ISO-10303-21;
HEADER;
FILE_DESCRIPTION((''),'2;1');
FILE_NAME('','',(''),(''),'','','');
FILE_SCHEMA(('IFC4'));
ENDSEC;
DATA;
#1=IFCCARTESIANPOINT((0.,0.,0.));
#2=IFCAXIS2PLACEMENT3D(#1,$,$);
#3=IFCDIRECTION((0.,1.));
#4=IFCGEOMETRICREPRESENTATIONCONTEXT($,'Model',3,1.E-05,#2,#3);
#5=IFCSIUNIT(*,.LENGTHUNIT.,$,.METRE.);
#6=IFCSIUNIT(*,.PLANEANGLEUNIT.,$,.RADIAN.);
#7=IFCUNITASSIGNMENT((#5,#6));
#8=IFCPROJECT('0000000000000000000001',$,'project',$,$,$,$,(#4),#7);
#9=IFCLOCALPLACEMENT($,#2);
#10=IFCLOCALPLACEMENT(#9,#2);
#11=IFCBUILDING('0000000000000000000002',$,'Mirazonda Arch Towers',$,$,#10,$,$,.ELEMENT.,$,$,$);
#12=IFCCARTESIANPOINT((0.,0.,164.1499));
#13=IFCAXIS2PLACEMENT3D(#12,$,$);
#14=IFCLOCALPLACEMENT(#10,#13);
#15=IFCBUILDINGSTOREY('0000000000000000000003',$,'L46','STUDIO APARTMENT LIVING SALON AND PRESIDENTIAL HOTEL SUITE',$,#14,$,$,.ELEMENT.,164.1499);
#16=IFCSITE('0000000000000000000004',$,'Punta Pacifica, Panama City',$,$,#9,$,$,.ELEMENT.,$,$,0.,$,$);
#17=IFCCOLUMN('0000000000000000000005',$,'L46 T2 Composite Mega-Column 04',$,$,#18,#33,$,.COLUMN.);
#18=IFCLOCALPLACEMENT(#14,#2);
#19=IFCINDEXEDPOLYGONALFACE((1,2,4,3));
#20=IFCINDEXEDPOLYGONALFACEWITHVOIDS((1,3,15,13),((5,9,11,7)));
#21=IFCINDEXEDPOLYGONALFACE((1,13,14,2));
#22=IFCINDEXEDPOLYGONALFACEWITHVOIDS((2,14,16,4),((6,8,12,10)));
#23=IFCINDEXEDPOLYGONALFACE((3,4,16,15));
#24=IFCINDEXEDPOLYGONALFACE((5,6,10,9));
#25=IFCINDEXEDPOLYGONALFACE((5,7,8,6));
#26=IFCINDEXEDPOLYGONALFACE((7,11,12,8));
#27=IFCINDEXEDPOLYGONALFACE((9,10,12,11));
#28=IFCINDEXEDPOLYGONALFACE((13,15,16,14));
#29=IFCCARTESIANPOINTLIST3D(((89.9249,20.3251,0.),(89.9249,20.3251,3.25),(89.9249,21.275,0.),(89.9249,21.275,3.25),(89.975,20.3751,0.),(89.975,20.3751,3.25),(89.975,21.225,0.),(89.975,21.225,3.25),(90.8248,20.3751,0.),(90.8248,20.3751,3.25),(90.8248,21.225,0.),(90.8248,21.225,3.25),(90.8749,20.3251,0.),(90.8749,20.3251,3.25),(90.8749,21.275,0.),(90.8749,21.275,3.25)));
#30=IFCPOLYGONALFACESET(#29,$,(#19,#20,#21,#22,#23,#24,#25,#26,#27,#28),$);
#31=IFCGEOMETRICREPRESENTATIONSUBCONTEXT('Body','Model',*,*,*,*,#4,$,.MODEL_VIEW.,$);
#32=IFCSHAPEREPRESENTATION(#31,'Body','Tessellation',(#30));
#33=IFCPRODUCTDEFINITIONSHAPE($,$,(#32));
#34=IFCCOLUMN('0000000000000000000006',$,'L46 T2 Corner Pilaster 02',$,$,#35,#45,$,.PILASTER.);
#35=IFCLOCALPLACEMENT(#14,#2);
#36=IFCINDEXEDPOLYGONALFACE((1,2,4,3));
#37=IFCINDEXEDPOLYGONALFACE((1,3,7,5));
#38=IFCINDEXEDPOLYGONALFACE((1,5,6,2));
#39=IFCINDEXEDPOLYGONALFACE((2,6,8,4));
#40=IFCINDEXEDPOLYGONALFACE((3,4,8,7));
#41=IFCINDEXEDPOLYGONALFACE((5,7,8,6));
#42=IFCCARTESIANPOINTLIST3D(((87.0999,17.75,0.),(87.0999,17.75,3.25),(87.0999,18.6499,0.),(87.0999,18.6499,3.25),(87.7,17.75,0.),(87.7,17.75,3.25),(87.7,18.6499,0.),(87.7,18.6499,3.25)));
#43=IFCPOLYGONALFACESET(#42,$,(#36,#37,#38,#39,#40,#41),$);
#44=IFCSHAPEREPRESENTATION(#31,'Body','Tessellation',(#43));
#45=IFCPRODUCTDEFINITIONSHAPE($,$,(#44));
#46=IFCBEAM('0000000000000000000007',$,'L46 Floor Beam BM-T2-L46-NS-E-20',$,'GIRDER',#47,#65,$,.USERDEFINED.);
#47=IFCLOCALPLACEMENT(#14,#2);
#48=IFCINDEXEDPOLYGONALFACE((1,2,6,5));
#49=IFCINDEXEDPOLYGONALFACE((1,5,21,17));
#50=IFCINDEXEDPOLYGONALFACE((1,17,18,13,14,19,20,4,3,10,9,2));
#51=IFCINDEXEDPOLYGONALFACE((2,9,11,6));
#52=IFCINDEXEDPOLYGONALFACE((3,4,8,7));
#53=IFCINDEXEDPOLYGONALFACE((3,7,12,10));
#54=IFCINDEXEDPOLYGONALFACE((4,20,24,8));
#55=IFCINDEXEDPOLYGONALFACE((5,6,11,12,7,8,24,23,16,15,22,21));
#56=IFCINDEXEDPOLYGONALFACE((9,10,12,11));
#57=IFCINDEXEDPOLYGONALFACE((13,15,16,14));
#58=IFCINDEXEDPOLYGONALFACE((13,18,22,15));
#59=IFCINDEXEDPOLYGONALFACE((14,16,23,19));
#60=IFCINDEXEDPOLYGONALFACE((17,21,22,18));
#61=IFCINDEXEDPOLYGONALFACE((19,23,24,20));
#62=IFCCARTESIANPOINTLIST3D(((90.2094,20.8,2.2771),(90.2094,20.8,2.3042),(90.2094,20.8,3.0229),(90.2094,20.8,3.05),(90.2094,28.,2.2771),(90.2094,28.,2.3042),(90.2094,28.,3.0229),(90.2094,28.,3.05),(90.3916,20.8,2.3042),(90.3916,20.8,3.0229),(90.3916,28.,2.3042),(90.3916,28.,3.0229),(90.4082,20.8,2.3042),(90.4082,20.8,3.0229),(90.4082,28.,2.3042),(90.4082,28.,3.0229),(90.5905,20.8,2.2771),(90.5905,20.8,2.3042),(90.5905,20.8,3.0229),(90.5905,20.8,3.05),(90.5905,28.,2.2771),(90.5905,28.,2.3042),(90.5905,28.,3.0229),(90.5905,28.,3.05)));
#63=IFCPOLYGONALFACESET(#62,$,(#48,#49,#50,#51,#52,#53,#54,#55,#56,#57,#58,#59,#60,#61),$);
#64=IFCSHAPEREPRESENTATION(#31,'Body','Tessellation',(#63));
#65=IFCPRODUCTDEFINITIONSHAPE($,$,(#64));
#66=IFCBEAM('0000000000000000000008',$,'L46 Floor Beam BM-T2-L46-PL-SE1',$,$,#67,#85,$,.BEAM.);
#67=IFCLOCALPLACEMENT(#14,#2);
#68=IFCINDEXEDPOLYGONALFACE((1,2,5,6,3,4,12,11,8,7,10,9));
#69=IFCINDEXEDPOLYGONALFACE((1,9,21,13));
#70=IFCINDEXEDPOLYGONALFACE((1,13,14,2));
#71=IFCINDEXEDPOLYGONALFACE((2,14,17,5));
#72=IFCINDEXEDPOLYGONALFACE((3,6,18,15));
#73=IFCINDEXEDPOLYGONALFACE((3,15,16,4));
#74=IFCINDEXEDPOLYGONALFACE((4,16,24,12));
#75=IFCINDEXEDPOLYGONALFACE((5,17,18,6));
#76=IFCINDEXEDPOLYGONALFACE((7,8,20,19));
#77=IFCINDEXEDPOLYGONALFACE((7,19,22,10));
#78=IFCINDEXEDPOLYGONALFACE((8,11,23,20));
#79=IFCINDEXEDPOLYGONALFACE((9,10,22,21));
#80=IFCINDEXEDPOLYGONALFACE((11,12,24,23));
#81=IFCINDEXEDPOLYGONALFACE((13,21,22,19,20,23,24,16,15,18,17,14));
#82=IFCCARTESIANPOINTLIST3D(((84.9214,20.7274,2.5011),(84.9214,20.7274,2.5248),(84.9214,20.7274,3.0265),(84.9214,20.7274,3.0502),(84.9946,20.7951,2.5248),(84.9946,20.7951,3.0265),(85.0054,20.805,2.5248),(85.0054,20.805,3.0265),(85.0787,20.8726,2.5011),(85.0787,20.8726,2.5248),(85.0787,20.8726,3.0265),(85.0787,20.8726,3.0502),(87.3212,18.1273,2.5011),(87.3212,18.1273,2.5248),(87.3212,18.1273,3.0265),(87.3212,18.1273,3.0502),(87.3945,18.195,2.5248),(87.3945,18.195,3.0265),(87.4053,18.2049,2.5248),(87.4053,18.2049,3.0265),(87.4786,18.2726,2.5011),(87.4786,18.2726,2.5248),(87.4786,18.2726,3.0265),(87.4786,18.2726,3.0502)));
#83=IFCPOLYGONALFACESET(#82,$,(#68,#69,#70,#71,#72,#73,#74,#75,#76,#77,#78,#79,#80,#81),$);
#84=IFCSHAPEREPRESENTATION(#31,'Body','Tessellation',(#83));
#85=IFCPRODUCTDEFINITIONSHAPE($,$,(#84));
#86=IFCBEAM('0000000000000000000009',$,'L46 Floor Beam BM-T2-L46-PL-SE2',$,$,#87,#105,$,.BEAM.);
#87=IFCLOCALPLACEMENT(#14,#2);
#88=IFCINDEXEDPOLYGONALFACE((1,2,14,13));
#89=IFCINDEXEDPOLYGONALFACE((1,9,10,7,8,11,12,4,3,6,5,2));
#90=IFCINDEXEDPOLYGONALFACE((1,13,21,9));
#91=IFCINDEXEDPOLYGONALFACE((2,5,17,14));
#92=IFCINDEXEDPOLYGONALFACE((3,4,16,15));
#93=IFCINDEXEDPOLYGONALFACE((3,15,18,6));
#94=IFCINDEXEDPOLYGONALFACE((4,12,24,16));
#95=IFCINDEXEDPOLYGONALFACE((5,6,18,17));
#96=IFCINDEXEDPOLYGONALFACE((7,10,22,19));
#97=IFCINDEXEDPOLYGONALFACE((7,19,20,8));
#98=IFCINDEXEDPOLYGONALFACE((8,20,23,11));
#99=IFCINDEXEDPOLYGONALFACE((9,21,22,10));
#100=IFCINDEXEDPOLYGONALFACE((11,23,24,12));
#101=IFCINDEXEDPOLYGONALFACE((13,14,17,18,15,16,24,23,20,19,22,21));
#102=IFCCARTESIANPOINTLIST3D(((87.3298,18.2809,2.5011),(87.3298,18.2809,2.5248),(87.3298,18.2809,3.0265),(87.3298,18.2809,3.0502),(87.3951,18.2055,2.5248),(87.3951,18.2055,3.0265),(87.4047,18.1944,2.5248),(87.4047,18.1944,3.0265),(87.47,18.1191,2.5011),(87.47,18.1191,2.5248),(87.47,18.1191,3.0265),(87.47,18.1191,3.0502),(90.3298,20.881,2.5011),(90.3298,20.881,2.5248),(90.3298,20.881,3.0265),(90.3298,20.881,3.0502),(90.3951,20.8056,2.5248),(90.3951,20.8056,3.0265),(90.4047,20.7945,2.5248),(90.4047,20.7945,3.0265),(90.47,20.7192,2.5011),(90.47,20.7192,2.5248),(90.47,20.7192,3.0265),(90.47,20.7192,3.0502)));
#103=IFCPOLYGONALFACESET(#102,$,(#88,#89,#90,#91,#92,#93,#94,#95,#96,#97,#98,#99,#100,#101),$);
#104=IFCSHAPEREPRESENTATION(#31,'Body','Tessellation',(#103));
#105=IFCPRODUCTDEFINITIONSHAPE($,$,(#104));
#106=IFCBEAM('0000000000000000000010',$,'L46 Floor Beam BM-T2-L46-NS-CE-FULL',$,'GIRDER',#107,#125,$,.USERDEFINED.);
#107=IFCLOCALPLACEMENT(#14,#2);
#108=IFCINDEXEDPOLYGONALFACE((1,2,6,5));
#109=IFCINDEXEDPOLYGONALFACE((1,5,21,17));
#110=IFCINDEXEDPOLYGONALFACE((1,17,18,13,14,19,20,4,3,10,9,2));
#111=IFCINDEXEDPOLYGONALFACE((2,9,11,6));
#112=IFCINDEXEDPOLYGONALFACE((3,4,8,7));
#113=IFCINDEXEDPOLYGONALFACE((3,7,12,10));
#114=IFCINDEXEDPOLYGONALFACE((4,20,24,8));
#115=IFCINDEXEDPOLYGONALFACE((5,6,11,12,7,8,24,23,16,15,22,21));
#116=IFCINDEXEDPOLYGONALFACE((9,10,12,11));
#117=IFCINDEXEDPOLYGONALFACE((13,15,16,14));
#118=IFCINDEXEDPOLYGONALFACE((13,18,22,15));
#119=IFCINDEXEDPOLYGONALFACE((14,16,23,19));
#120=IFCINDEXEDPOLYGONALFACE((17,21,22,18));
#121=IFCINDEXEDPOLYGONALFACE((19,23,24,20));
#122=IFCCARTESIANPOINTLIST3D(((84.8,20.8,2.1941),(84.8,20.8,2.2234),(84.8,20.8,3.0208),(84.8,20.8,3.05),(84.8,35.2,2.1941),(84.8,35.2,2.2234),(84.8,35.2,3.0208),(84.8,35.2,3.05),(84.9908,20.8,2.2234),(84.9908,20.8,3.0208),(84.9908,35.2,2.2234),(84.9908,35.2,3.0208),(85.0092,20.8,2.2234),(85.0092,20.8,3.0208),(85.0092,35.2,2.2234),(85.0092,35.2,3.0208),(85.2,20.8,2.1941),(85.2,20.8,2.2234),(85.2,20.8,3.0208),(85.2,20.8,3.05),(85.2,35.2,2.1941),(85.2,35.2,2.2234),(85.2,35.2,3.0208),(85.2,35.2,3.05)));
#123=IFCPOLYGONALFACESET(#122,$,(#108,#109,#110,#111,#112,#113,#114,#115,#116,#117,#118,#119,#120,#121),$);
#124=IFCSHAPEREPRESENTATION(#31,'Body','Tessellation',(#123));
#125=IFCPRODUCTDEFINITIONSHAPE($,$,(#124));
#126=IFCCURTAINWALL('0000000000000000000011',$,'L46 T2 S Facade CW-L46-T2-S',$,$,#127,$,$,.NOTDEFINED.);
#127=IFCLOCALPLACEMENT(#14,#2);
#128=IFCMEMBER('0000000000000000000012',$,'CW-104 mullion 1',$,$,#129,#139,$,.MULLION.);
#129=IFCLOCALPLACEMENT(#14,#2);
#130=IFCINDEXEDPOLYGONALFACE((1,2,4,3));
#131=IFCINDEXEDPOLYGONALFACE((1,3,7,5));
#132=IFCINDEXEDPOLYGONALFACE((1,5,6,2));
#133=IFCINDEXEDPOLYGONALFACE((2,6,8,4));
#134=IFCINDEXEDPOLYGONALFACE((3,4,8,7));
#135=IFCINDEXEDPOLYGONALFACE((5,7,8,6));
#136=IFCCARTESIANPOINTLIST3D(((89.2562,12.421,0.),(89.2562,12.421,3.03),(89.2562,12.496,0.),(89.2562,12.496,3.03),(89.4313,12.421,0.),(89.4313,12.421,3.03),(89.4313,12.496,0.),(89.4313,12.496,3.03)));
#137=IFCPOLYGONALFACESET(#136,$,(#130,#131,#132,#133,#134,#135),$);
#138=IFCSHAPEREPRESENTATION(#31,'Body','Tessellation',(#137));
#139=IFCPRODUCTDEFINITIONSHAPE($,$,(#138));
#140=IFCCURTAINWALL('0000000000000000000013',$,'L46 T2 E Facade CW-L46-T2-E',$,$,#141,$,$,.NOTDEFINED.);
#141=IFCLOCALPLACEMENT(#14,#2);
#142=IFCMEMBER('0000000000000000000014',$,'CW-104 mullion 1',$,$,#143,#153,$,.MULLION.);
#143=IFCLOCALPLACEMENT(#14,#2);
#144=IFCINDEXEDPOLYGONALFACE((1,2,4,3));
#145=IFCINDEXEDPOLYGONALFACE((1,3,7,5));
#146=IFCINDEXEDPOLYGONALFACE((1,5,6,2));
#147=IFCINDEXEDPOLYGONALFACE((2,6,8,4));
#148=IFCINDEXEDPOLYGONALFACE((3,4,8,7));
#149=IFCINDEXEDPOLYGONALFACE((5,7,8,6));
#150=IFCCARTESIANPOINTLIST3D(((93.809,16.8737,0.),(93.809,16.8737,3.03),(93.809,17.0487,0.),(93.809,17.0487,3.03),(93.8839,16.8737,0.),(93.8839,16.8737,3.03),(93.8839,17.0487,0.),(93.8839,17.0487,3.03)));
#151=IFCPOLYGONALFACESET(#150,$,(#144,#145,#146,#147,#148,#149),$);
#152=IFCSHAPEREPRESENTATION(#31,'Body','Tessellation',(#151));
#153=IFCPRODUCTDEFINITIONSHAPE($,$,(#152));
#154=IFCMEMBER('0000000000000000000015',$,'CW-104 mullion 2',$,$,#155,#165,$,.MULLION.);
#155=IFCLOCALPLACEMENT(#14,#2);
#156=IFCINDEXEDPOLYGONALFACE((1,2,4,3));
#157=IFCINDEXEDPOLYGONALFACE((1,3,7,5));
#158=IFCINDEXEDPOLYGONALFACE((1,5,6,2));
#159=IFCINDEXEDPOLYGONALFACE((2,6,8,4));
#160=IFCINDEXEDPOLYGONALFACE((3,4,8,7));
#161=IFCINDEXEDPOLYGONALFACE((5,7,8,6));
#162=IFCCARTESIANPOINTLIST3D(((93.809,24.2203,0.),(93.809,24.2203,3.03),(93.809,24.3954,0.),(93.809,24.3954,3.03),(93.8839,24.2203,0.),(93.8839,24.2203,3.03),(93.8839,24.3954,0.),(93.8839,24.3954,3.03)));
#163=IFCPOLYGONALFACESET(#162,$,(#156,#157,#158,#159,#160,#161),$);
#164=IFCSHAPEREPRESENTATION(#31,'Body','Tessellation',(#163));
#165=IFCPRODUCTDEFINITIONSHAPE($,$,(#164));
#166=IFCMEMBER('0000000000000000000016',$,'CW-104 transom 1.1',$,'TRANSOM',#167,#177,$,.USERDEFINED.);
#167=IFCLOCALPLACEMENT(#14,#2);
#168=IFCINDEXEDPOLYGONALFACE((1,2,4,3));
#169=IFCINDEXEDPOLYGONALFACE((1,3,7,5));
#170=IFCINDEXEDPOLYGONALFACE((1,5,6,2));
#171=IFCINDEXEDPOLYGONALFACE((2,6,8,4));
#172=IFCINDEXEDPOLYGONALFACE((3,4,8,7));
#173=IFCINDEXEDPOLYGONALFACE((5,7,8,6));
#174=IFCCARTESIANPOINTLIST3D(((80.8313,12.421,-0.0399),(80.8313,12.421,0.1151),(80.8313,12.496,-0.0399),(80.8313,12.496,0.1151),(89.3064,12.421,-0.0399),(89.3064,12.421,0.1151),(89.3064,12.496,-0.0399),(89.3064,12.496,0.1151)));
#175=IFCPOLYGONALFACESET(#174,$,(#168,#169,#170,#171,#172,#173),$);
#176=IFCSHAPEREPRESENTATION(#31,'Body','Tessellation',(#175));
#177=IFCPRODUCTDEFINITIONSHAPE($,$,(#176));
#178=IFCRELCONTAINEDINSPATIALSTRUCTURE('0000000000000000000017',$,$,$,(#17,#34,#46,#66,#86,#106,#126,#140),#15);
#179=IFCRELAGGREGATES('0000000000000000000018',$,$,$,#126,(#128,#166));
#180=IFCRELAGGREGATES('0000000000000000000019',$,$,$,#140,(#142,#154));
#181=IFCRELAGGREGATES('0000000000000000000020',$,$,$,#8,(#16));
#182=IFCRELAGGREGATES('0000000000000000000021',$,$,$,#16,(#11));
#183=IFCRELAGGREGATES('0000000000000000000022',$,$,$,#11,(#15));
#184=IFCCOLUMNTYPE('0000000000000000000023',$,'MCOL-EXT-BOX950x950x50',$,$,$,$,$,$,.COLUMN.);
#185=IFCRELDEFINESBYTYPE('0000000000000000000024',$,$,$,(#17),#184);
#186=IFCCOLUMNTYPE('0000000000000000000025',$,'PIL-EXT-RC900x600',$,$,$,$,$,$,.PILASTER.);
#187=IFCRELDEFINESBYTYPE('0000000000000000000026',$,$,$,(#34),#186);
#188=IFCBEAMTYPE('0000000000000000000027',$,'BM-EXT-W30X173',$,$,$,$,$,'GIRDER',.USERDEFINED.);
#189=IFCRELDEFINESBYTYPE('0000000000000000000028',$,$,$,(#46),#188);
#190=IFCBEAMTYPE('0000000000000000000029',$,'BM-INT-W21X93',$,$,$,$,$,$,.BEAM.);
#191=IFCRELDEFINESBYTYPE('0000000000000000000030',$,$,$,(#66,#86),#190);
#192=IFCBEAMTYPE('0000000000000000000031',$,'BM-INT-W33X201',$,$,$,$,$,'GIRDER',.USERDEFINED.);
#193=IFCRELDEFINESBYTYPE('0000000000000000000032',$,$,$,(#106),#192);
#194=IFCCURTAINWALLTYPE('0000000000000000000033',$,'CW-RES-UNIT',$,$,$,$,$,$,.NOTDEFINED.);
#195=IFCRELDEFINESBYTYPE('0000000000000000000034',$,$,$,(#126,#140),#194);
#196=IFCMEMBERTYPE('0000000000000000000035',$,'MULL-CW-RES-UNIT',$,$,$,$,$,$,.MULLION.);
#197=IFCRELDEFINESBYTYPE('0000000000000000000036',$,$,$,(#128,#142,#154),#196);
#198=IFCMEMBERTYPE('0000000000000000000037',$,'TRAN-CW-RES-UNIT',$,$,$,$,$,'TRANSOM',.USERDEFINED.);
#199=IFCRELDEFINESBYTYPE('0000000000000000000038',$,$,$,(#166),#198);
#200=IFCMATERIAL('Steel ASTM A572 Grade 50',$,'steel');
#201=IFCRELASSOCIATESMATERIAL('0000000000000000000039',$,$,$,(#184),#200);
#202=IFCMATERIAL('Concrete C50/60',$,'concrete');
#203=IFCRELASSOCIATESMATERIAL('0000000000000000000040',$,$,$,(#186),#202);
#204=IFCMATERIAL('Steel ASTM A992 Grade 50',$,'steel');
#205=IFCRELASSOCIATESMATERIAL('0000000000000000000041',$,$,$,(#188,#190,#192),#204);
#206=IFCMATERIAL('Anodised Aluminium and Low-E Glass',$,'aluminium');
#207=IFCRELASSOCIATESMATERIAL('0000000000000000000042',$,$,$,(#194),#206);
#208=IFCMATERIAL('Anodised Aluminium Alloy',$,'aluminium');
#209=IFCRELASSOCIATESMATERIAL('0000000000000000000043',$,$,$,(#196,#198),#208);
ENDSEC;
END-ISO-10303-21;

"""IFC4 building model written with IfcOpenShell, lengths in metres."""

from ifc_helpers import new_model, si_unit, direction, frame, origin, origin_2d, place, context, subcontext, project, spatial, rectangle, hollow_rectangle, i_section, extrude, material, material_profile, profile_set, type_object, element, aggregate, save


model = new_model("IFC4")

# Units and contexts
model_context = context("Model", 3, precision=1e-05, world=origin(), true_north=direction((0.0, 1.0)))
body_context = subcontext(model_context, "Body", "Model", "MODEL_VIEW")
ifc_project = project(units=[si_unit("LENGTHUNIT", "METRE"), si_unit("PLANEANGLEUNIT", "RADIAN")], contexts=[model_context])

# Site, building, storey
site_placement = place(None, origin())
site = spatial("IfcSite", under=ifc_project, at=site_placement, Name="Punta Pacifica, Panama City", CompositionType="ELEMENT", RefElevation=0.0)
building_placement = place(site_placement, origin())
building = spatial("IfcBuilding", under=site, at=building_placement, Name="Mirazonda Arch Towers", CompositionType="ELEMENT")
storey_placement = place(building_placement, frame((0.0, 0.0, 164.1499)))
storey = spatial("IfcBuildingStorey", under=building, at=storey_placement, Name="L46", Description="STUDIO APARTMENT LIVING SALON AND PRESIDENTIAL HOTEL SUITE", CompositionType="ELEMENT", Elevation=164.1499)

# Columns
ifc_material_1 = material(Name="Steel ASTM A572 Grade 50", Category="steel")
ifc_material_profile_1 = material_profile(ifc_material_1, hollow_rectangle(XDim=0.95, YDim=0.95, WallThickness=0.05, at=origin_2d()), Name="BOX950x950x50")
ifc_profile_set_1 = profile_set([ifc_material_profile_1], Name="Steel ASTM A572 Grade 50")
column_type_1 = type_object("IfcColumnType", Name="MCOL-EXT-BOX950x950x50", PredefinedType="COLUMN", material=ifc_profile_set_1)
column_1_placement = place(storey_placement, frame((90.3999, 20.8, 0.0), z_axis=(0.0, 0.0, 1.0), x_axis=(1.0, 0.0, 0.0)))
element("IfcColumn", 1, at=column_1_placement, inside=storey, type_object=column_type_1, Name="L46 T2 Composite Mega-Column 04", PredefinedType="COLUMN", context=body_context, shape_type="SweptSolid", body=[
    extrude(hollow_rectangle(XDim=0.95, YDim=0.95, WallThickness=0.05, at=origin_2d()), origin(), (0.0, 0.0, 1.0), 3.25),
])
ifc_material_2 = material(Name="Concrete C50/60", Category="concrete")
ifc_material_profile_2 = material_profile(ifc_material_2, rectangle(XDim=0.6001, YDim=0.8999, at=origin_2d()), Name="RC900x600")
ifc_profile_set_2 = profile_set([ifc_material_profile_2], Name="Concrete C50/60")
column_type_2 = type_object("IfcColumnType", Name="PIL-EXT-RC900x600", PredefinedType="PILASTER", material=ifc_profile_set_2)
column_2_placement = place(storey_placement, frame((87.3999, 18.2, 0.0), z_axis=(0.0, 0.0, 1.0), x_axis=(1.0, 0.0, 0.0)))
element("IfcColumn", 2, at=column_2_placement, inside=storey, type_object=column_type_2, Name="L46 T2 Corner Pilaster 02", PredefinedType="PILASTER", context=body_context, shape_type="SweptSolid", body=[
    extrude(rectangle(XDim=0.6001, YDim=0.8999, at=origin_2d()), origin(), (0.0, 0.0, 1.0), 3.25),
])

# Beams
ifc_material_3 = material(Name="Steel ASTM A992 Grade 50", Category="steel")
ifc_material_profile_3 = material_profile(ifc_material_3, i_section(OverallWidth=0.3811, OverallDepth=0.7729, WebThickness=0.0166, FlangeThickness=0.0271, at=origin_2d()), Name="W30X173")
ifc_profile_set_3 = profile_set([ifc_material_profile_3], Name="Steel ASTM A992 Grade 50")
beam_type_1 = type_object("IfcBeamType", Name="BM-EXT-W30X173", ElementType="GIRDER", PredefinedType="USERDEFINED", material=ifc_profile_set_3)
beam_1_placement = place(storey_placement, frame((90.3999, 20.8, 2.6636), z_axis=(0.0, 1.0, 0.0), x_axis=(-1.0, 0.0, 0.0)))
element("IfcBeam", 3, at=beam_1_placement, inside=storey, type_object=beam_type_1, Name="L46 Floor Beam BM-T2-L46-NS-E-20", ObjectType="GIRDER", PredefinedType="USERDEFINED", context=body_context, shape_type="SweptSolid", body=[
    extrude(i_section(OverallWidth=0.3811, OverallDepth=0.7729, WebThickness=0.0166, FlangeThickness=0.0271, at=origin_2d()), origin(), (0.0, 0.0, 1.0), 7.2),
])
ifc_material_profile_4 = material_profile(ifc_material_3, i_section(OverallWidth=0.2141, OverallDepth=0.5491, WebThickness=0.0146, FlangeThickness=0.0237, at=origin_2d()), Name="W21X93")
ifc_profile_set_4 = profile_set([ifc_material_profile_4], Name="Steel ASTM A992 Grade 50")
beam_type_2 = type_object("IfcBeamType", Name="BM-INT-W21X93", PredefinedType="BEAM", material=ifc_profile_set_4)
beam_2_placement = place(storey_placement, frame((87.3999, 18.2, 2.7756), z_axis=(-0.678251, 0.73483, 0.0), x_axis=(-0.73483, -0.678251, 0.0)))
element("IfcBeam", 4, at=beam_2_placement, inside=storey, type_object=beam_type_2, Name="L46 Floor Beam BM-T2-L46-PL-SE1", PredefinedType="BEAM", context=body_context, shape_type="SweptSolid", body=[
    extrude(i_section(OverallWidth=0.2141, OverallDepth=0.5491, WebThickness=0.0146, FlangeThickness=0.0237, at=origin_2d()), origin(), (0.0, 0.0, 1.0), 3.5383),
])
beam_3_placement = place(storey_placement, frame((87.3999, 18.2, 2.7756), z_axis=(0.755677, 0.654945, 0.0), x_axis=(-0.654945, 0.755677, 0.0)))
element("IfcBeam", 5, at=beam_3_placement, inside=storey, type_object=beam_type_2, Name="L46 Floor Beam BM-T2-L46-PL-SE2", PredefinedType="BEAM", context=body_context, shape_type="SweptSolid", body=[
    extrude(i_section(OverallWidth=0.2141, OverallDepth=0.5491, WebThickness=0.0146, FlangeThickness=0.0237, at=origin_2d()), origin(), (0.0, 0.0, 1.0), 3.97),
])
ifc_material_profile_5 = material_profile(ifc_material_3, i_section(OverallWidth=0.3999, OverallDepth=0.856, WebThickness=0.0183, FlangeThickness=0.0293, at=origin_2d()), Name="W33X201")
ifc_profile_set_5 = profile_set([ifc_material_profile_5], Name="Steel ASTM A992 Grade 50")
beam_type_3 = type_object("IfcBeamType", Name="BM-INT-W33X201", ElementType="GIRDER", PredefinedType="USERDEFINED", material=ifc_profile_set_5)
beam_4_placement = place(storey_placement, frame((85.0, 20.8, 2.6221), z_axis=(0.0, 1.0, 0.0), x_axis=(-1.0, 0.0, 0.0)))
element("IfcBeam", 6, at=beam_4_placement, inside=storey, type_object=beam_type_3, Name="L46 Floor Beam BM-T2-L46-NS-CE-FULL", ObjectType="GIRDER", PredefinedType="USERDEFINED", context=body_context, shape_type="SweptSolid", body=[
    extrude(i_section(OverallWidth=0.3999, OverallDepth=0.856, WebThickness=0.0183, FlangeThickness=0.0293, at=origin_2d()), origin(), (0.0, 0.0, 1.0), 14.3999),
])

# Curtain wall, member
ifc_material_4 = material(Name="Anodised Aluminium and Low-E Glass", Category="aluminium")
curtain_wall_type = type_object("IfcCurtainWallType", Name="CW-RES-UNIT", PredefinedType="NOTDEFINED", material=ifc_material_4)
curtain_wall_1_placement = place(storey_placement, origin())
curtain_wall_1 = element("IfcCurtainWall", 7, at=curtain_wall_1_placement, inside=storey, type_object=curtain_wall_type, Name="L46 T2 S Facade CW-L46-T2-S", PredefinedType="NOTDEFINED")
ifc_material_5 = material(Name="Anodised Aluminium Alloy", Category="aluminium")
ifc_material_profile_6 = material_profile(ifc_material_5, rectangle(XDim=0.075, YDim=0.175, at=origin_2d()), Name="ALU-MULL-75x175")
ifc_profile_set_6 = profile_set([ifc_material_profile_6], Name="Anodised Aluminium Alloy")
member_type_1 = type_object("IfcMemberType", Name="MULL-CW-RES-UNIT", PredefinedType="MULLION", material=ifc_profile_set_6)
member_1_placement = place(storey_placement, frame((89.3438, 12.4585, 0.0), z_axis=(0.0, 0.0, 1.0), x_axis=(0.0, -1.0, 0.0)))
member_1 = element("IfcMember", 8, at=member_1_placement, type_object=member_type_1, Name="CW-104 mullion 1", PredefinedType="MULLION", context=body_context, shape_type="SweptSolid", body=[
    extrude(rectangle(XDim=0.075, YDim=0.175, at=origin_2d()), origin(), (0.0, 0.0, 1.0), 3.03),
])

# Curtain wall, members
curtain_wall_2_placement = place(storey_placement, origin())
curtain_wall_2 = element("IfcCurtainWall", 9, at=curtain_wall_2_placement, inside=storey, type_object=curtain_wall_type, Name="L46 T2 E Facade CW-L46-T2-E", PredefinedType="NOTDEFINED")
member_2_placement = place(storey_placement, frame((93.8464, 16.9612, 0.0), z_axis=(0.0, 0.0, 1.0), x_axis=(-1.0, 0.0, 0.0)))
member_2 = element("IfcMember", 10, at=member_2_placement, type_object=member_type_1, Name="CW-104 mullion 1", PredefinedType="MULLION", context=body_context, shape_type="SweptSolid", body=[
    extrude(rectangle(XDim=0.075, YDim=0.175, at=origin_2d()), origin(), (0.0, 0.0, 1.0), 3.03),
])
member_3_placement = place(storey_placement, frame((93.8464, 24.3079, 0.0), z_axis=(0.0, 0.0, 1.0), x_axis=(-1.0, 0.0, 0.0)))
member_3 = element("IfcMember", 11, at=member_3_placement, type_object=member_type_1, Name="CW-104 mullion 2", PredefinedType="MULLION", context=body_context, shape_type="SweptSolid", body=[
    extrude(rectangle(XDim=0.075, YDim=0.175, at=origin_2d()), origin(), (0.0, 0.0, 1.0), 3.03),
])

# Member
ifc_material_profile_7 = material_profile(ifc_material_5, rectangle(XDim=0.075, YDim=0.155, at=origin_2d()), Name="ALU-TRAN-75x155")
ifc_profile_set_7 = profile_set([ifc_material_profile_7], Name="Anodised Aluminium Alloy")
member_type_2 = type_object("IfcMemberType", Name="TRAN-CW-RES-UNIT", ElementType="TRANSOM", PredefinedType="USERDEFINED", material=ifc_profile_set_7)
member_4_placement = place(storey_placement, frame((89.3064, 12.4585, 0.0376), z_axis=(-1.0, 0.0, 0.0), x_axis=(0.0, -1.0, 0.0)))
member_4 = element("IfcMember", 12, at=member_4_placement, type_object=member_type_2, Name="CW-104 transom 1.1", ObjectType="TRANSOM", PredefinedType="USERDEFINED", context=body_context, shape_type="SweptSolid", body=[
    extrude(rectangle(XDim=0.075, YDim=0.155, at=origin_2d()), origin(), (0.0, 0.0, 1.0), 8.4751),
])

aggregate(curtain_wall_1, [member_1, member_4])
aggregate(curtain_wall_2, [member_2, member_3])

save(model, "model.ifc")
